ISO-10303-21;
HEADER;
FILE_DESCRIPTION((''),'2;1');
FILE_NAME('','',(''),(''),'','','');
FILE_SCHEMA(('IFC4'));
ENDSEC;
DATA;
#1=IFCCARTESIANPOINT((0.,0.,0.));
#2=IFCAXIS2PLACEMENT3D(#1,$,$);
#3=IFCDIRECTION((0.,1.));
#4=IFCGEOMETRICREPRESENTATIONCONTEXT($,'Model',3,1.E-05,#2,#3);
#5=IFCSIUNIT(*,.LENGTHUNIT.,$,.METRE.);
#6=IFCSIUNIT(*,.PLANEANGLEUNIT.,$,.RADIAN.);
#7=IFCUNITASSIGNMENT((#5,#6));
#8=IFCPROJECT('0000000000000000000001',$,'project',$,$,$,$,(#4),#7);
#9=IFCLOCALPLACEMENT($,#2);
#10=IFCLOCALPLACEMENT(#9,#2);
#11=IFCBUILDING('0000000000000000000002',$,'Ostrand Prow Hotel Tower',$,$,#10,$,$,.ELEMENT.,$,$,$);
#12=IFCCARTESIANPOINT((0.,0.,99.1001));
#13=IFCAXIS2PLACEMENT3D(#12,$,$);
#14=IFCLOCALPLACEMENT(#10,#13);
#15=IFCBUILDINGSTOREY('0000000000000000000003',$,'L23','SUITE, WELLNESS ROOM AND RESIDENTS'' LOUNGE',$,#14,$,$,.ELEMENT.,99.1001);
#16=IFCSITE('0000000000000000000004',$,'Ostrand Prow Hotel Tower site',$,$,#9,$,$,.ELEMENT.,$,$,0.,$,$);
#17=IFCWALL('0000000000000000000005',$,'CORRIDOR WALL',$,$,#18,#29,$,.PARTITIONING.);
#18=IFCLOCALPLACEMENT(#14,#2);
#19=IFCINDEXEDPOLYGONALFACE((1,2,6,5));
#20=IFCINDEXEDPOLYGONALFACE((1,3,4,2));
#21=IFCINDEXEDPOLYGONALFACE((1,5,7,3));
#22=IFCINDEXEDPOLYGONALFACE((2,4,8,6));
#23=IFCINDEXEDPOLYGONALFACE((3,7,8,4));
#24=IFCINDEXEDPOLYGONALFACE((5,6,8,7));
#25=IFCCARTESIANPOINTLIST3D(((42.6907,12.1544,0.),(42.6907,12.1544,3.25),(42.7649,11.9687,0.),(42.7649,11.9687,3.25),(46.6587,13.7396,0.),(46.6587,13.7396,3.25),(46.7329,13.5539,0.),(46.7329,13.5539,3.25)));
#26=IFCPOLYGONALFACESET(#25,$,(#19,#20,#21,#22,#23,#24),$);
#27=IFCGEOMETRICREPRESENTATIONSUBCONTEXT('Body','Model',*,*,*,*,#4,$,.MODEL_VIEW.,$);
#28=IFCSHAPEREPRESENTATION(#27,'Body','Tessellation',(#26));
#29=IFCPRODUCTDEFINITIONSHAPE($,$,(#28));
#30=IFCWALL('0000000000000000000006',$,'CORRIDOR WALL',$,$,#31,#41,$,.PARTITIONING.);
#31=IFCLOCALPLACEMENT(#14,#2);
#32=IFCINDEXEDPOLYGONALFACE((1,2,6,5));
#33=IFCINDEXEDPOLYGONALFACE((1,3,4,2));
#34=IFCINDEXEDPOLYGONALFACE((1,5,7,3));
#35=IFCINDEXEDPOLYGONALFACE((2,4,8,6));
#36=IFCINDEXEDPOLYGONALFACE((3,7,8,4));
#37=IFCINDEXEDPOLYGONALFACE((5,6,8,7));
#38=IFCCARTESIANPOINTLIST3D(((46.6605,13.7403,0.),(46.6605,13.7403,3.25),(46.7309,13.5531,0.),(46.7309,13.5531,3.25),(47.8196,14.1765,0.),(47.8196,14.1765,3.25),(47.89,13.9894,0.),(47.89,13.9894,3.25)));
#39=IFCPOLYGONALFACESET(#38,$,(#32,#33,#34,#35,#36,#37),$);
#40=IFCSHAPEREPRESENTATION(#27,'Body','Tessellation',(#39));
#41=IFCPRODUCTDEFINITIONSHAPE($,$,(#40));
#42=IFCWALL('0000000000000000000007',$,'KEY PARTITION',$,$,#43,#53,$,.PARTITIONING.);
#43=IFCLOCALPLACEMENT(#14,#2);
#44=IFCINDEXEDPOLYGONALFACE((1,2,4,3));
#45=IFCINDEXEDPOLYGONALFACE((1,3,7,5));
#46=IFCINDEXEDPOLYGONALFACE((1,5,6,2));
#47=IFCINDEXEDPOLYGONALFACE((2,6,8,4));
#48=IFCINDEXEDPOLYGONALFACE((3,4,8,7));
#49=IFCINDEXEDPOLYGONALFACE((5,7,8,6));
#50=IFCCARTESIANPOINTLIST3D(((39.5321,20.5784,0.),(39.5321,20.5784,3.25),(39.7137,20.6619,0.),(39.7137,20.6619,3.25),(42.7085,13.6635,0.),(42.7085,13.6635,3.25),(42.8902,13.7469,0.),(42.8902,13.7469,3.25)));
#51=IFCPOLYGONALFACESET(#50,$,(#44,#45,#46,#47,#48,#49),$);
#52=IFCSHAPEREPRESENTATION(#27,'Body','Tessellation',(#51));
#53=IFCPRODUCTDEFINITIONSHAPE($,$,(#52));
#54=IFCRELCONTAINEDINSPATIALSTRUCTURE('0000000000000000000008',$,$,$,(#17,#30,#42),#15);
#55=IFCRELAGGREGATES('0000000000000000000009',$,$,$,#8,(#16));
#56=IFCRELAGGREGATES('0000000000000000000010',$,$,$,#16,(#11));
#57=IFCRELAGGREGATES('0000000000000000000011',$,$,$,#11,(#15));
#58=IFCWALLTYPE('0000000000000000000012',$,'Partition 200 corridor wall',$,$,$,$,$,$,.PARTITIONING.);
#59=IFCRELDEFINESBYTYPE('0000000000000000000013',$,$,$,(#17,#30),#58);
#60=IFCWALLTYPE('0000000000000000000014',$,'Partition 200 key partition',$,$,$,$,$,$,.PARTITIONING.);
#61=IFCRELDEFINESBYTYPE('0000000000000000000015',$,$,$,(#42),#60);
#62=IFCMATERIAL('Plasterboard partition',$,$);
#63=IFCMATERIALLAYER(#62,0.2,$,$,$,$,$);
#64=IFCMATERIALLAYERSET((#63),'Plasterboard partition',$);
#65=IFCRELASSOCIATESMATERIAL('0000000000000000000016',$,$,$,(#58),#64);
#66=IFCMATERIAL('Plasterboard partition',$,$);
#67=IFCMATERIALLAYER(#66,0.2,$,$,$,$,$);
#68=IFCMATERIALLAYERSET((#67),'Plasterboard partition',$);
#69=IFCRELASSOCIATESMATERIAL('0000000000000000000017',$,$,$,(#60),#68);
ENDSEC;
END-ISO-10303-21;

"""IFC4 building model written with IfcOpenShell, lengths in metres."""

from ifc_helpers import new_model, si_unit, direction, frame, frame_2d, origin, place, context, subcontext, project, spatial, rectangle, extrude, material, layer, layer_set, type_object, element, save


model = new_model("IFC4")

# Units and contexts
model_context = context("Model", 3, precision=1e-05, world=origin(), true_north=direction((0.0, 1.0)))
body_context = subcontext(model_context, "Body", "Model", "MODEL_VIEW")
ifc_project = project(units=[si_unit("LENGTHUNIT", "METRE"), si_unit("PLANEANGLEUNIT", "RADIAN")], contexts=[model_context])

# Site, building, storey
site_placement = place(None, origin())
site = spatial("IfcSite", under=ifc_project, at=site_placement, Name="Ostrand Prow Hotel Tower site", CompositionType="ELEMENT", RefElevation=0.0)
building_placement = place(site_placement, origin())
building = spatial("IfcBuilding", under=site, at=building_placement, Name="Ostrand Prow Hotel Tower", CompositionType="ELEMENT")
storey_placement = place(building_placement, frame((0.0, 0.0, 99.1001)))
storey = spatial("IfcBuildingStorey", under=building, at=storey_placement, Name="L23", Description="SUITE, WELLNESS ROOM AND RESIDENTS' LOUNGE", CompositionType="ELEMENT", Elevation=99.1001)

# Walls
ifc_material_1 = material(Name="Plasterboard partition")
ifc_layer_1 = layer(ifc_material_1, 0.2)
ifc_layer_set_1 = layer_set([ifc_layer_1], Name="Plasterboard partition")
wall_type_1 = type_object("IfcWallType", Name="Partition 200 corridor wall", PredefinedType="PARTITIONING", material=ifc_layer_set_1)
wall_1_placement = place(storey_placement, frame((42.7278, 12.0615, 0.0), z_axis=(0.0, 0.0, 1.0), x_axis=(0.928638, 0.370987, 0.0)))
element("IfcWall", 1, at=wall_1_placement, inside=storey, type_object=wall_type_1, Name="CORRIDOR WALL", PredefinedType="PARTITIONING", context=body_context, shape_type="SweptSolid", body=[
    extrude(rectangle(XDim=4.2729, YDim=0.2, at=frame_2d((2.1365, 0.0))), origin(), (0.0, 0.0, 1.0), 3.25),
])
wall_2_placement = place(storey_placement, frame((46.6958, 13.6467, 0.0), z_axis=(0.0, 0.0, 1.0), x_axis=(0.935907, 0.352246, 0.0)))
element("IfcWall", 2, at=wall_2_placement, inside=storey, type_object=wall_type_1, Name="CORRIDOR WALL", PredefinedType="PARTITIONING", context=body_context, shape_type="SweptSolid", body=[
    extrude(rectangle(XDim=1.2385, YDim=0.2, at=frame_2d((0.6191, 0.0))), origin(), (0.0, 0.0, 1.0), 3.25),
])
ifc_material_2 = material(Name="Plasterboard partition")
ifc_layer_2 = layer(ifc_material_2, 0.2)
ifc_layer_set_2 = layer_set([ifc_layer_2], Name="Plasterboard partition")
wall_type_2 = type_object("IfcWallType", Name="Partition 200 key partition", PredefinedType="PARTITIONING", material=ifc_layer_set_2)
wall_3_placement = place(storey_placement, frame((42.7993, 13.7053, 0.0), z_axis=(0.0, 0.0, 1.0), x_axis=(-0.417428, 0.90871, 0.0)))
element("IfcWall", 3, at=wall_3_placement, inside=storey, type_object=wall_type_2, Name="KEY PARTITION", PredefinedType="PARTITIONING", context=body_context, shape_type="SweptSolid", body=[
    extrude(rectangle(XDim=7.6096, YDim=0.2, at=frame_2d((3.8047, 0.0))), origin(), (0.0, 0.0, 1.0), 3.25),
])

save(model, "model.ifc")
